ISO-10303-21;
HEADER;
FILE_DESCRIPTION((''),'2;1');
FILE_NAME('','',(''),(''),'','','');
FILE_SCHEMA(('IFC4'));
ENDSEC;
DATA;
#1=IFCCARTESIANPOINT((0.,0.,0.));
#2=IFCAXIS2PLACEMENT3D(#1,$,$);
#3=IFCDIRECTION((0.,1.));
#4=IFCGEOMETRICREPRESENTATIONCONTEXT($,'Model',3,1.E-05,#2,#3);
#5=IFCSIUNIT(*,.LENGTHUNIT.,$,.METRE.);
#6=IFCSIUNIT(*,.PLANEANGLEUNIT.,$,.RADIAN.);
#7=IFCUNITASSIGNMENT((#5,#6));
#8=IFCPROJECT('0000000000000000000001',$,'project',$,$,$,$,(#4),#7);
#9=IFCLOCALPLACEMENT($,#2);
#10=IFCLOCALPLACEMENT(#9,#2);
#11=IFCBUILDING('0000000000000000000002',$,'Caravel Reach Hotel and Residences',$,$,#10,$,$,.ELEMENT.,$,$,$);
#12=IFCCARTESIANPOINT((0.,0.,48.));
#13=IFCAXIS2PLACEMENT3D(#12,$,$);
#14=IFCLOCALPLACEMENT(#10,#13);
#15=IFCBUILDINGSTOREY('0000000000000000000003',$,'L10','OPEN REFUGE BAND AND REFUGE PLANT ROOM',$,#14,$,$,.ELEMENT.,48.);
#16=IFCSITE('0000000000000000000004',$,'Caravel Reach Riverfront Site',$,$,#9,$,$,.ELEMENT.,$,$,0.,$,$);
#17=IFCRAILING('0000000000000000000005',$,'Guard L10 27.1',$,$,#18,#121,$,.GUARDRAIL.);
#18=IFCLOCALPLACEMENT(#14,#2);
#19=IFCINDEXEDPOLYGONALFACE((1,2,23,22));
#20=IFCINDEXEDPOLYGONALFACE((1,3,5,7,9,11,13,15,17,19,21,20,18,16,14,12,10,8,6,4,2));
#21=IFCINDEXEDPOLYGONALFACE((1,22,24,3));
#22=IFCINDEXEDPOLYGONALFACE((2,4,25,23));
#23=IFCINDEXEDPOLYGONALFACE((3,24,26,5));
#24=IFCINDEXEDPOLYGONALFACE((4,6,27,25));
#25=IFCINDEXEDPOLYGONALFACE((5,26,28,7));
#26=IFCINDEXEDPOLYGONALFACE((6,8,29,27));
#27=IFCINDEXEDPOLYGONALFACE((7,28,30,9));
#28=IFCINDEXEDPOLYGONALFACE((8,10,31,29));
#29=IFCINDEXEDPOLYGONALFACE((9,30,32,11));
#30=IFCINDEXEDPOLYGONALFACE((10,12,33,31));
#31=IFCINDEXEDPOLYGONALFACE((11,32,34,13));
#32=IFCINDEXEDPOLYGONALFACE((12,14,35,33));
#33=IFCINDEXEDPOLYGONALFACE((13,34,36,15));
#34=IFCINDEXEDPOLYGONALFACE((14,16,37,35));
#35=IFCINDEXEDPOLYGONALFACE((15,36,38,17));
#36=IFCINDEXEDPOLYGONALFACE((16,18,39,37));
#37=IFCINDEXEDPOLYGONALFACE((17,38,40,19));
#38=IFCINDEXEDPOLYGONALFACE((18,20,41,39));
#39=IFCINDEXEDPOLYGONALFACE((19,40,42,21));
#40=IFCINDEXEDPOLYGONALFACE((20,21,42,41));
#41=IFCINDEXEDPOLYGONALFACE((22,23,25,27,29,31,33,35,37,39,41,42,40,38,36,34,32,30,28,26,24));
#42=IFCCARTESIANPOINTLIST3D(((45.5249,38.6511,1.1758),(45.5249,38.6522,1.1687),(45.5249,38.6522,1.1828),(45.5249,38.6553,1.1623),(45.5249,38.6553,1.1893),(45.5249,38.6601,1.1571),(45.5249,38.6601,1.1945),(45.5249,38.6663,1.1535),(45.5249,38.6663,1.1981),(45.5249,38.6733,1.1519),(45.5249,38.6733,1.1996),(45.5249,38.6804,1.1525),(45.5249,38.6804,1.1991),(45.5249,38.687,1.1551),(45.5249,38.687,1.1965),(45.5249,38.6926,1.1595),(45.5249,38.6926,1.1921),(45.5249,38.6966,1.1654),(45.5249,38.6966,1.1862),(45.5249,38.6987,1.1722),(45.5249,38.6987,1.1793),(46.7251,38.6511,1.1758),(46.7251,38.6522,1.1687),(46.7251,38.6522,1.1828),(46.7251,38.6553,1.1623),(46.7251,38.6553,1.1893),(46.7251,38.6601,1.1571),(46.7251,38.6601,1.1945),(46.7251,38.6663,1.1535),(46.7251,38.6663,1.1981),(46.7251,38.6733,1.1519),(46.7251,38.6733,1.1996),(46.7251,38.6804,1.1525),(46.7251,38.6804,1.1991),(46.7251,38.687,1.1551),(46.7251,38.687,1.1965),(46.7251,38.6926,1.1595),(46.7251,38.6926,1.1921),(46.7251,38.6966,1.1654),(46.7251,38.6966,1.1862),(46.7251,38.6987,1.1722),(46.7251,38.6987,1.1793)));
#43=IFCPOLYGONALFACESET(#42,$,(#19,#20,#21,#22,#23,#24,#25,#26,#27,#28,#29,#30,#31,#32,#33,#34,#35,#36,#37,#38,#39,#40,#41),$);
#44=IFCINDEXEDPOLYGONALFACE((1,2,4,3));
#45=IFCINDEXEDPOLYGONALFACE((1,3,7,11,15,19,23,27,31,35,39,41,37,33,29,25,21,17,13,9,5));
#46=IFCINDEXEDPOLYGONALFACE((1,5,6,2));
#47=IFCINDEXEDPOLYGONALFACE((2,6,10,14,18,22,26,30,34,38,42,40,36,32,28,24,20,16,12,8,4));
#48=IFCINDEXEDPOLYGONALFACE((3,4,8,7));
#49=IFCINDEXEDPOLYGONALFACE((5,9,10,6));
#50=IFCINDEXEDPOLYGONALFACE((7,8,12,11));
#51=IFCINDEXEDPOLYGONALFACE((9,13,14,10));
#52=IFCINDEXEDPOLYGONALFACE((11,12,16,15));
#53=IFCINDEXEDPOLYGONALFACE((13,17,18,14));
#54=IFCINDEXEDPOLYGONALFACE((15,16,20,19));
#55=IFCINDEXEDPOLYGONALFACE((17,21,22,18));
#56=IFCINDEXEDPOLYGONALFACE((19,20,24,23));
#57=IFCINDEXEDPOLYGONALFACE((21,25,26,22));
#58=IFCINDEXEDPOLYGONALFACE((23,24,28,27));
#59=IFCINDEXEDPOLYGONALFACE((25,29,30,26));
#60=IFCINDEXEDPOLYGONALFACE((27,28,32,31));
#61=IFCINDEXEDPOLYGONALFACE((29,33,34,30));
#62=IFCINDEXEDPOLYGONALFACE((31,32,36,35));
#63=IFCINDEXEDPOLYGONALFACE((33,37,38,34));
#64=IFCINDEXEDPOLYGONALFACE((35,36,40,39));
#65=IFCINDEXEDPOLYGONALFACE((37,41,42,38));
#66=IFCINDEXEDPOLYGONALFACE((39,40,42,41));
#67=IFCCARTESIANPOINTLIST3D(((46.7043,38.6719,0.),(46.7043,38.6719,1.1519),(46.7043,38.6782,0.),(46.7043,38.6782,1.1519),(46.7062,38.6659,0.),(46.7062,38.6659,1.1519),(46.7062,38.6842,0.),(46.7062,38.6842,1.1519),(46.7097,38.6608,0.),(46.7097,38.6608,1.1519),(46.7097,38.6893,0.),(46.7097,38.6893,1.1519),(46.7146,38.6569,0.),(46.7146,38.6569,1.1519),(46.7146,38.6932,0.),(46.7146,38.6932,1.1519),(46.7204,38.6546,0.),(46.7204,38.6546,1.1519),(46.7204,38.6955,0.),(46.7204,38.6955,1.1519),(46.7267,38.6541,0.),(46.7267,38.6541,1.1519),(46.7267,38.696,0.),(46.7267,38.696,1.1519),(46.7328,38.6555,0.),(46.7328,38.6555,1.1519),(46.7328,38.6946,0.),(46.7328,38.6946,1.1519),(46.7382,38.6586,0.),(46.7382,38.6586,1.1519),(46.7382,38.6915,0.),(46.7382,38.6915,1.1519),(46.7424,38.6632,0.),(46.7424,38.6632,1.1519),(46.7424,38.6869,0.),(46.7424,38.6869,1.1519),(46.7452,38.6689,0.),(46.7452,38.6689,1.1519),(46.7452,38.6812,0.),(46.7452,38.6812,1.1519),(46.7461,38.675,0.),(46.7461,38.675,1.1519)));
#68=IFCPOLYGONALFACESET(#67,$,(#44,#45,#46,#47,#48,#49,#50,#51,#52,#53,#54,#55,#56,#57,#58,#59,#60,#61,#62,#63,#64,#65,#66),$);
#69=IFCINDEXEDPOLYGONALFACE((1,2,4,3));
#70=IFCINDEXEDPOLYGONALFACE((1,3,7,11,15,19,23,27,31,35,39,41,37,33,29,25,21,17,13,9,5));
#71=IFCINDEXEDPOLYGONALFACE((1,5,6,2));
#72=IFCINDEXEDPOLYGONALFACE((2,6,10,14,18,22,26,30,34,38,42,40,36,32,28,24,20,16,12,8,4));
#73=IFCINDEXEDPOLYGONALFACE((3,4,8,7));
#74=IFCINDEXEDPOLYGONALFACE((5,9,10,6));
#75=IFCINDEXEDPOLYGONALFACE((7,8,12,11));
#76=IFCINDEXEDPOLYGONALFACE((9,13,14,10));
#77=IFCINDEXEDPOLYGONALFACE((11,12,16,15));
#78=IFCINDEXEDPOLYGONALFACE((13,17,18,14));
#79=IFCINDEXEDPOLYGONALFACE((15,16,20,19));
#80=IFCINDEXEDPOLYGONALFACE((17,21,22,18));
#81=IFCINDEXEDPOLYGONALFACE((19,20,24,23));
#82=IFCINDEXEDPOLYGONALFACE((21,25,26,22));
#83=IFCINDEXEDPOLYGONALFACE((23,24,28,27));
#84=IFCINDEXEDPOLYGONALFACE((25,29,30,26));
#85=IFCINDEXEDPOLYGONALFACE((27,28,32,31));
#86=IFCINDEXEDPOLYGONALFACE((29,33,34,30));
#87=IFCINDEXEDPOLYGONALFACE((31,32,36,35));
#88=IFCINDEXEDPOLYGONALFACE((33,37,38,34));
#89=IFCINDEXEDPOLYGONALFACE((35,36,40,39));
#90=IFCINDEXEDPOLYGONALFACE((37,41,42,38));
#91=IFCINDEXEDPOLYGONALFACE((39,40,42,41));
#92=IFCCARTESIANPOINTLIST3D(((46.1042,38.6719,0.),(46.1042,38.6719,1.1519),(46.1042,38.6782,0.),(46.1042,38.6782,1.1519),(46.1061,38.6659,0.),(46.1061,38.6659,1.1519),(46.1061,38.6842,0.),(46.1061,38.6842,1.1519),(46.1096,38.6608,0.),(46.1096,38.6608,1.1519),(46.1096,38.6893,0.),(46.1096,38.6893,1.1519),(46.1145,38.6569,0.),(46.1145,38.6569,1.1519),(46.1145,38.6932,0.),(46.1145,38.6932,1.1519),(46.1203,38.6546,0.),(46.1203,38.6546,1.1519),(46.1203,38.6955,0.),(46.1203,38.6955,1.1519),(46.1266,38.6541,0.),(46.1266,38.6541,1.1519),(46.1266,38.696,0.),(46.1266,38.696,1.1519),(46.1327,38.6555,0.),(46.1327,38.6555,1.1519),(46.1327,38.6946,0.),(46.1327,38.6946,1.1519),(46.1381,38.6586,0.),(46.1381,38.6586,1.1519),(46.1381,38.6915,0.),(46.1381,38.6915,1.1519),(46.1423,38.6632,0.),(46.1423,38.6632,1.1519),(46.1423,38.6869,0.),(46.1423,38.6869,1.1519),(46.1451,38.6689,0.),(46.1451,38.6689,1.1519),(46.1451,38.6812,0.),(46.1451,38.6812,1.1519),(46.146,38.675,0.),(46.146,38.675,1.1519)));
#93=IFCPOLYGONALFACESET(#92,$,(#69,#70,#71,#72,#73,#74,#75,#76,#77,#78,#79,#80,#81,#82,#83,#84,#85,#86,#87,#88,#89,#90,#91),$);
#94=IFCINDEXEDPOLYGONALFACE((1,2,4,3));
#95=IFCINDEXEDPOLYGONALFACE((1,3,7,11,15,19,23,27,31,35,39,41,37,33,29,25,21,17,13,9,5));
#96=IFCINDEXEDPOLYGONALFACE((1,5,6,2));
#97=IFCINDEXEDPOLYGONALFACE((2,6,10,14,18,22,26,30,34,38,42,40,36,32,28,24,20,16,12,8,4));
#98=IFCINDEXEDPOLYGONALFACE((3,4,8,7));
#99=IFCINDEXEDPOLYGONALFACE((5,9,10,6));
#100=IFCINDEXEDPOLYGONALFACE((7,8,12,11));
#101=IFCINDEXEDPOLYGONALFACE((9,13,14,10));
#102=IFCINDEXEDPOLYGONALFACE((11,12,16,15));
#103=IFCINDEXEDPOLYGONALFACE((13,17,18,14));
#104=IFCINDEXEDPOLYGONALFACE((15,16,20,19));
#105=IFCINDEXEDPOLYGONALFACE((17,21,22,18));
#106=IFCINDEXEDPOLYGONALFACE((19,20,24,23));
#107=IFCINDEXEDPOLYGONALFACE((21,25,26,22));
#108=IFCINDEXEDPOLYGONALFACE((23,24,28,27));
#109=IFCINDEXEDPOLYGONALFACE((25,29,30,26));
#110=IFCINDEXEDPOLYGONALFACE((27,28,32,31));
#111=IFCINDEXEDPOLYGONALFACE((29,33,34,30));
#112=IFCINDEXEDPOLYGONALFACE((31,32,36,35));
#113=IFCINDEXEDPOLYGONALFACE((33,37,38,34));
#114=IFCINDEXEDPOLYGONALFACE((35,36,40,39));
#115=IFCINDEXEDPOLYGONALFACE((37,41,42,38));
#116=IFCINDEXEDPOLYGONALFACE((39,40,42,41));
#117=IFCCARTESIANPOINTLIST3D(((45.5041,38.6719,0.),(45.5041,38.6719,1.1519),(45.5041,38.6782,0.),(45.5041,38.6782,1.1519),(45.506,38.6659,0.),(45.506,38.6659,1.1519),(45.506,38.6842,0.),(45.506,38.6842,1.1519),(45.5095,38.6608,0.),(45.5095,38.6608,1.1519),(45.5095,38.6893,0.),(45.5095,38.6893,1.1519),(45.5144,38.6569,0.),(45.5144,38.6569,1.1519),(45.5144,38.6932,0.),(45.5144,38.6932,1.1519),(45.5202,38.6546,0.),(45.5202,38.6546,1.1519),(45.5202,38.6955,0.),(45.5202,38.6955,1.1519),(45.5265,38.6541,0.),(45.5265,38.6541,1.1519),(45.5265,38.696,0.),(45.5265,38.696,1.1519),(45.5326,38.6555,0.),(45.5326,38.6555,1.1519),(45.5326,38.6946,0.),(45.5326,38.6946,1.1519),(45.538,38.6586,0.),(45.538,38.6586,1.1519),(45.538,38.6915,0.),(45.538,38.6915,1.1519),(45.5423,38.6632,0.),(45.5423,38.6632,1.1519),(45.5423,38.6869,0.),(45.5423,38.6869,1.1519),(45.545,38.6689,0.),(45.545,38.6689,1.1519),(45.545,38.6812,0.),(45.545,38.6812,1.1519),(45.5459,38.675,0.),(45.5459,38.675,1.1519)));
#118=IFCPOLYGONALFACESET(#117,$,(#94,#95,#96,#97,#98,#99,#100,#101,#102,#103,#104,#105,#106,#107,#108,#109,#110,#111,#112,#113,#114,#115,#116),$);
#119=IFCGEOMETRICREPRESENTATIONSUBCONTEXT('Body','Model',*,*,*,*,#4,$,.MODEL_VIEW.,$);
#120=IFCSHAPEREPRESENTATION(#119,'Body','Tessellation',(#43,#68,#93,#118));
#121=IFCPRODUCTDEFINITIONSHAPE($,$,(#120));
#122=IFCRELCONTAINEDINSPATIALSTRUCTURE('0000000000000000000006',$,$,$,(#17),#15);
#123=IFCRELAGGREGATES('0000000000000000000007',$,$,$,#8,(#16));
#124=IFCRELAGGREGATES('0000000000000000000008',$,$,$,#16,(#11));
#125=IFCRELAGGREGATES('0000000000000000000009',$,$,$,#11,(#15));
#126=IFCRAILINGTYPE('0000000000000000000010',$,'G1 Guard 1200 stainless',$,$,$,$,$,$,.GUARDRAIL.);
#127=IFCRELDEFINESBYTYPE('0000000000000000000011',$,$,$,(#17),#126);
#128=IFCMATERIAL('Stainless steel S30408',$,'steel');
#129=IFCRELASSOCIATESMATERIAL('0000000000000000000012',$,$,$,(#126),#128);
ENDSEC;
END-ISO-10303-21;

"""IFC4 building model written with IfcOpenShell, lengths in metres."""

from ifc_helpers import new_model, si_unit, direction, frame, origin, origin_2d, place, context, subcontext, project, spatial, circle, extrude, material, type_object, element, save


model = new_model("IFC4")

# Units and contexts
model_context = context("Model", 3, precision=1e-05, world=origin(), true_north=direction((0.0, 1.0)))
body_context = subcontext(model_context, "Body", "Model", "MODEL_VIEW")
ifc_project = project(units=[si_unit("LENGTHUNIT", "METRE"), si_unit("PLANEANGLEUNIT", "RADIAN")], contexts=[model_context])

# Site, building, storey
site_placement = place(None, origin())
site = spatial("IfcSite", under=ifc_project, at=site_placement, Name="Caravel Reach Riverfront Site", CompositionType="ELEMENT", RefElevation=0.0)
building_placement = place(site_placement, origin())
building = spatial("IfcBuilding", under=site, at=building_placement, Name="Caravel Reach Hotel and Residences", CompositionType="ELEMENT")
storey_placement = place(building_placement, frame((0.0, 0.0, 48.0)))
storey = spatial("IfcBuildingStorey", under=building, at=storey_placement, Name="L10", Description="OPEN REFUGE BAND AND REFUGE PLANT ROOM", CompositionType="ELEMENT", Elevation=48.0)

# Railing
ifc_material_1 = material(Name="Stainless steel S30408", Category="steel")
railing_type = type_object("IfcRailingType", Name="G1 Guard 1200 stainless", PredefinedType="GUARDRAIL", material=ifc_material_1)
railing_1_placement = place(storey_placement, frame((46.7251, 38.675, 0.0)))
element("IfcRailing", 1, at=railing_1_placement, inside=storey, type_object=railing_type, Name="Guard L10 27.1", PredefinedType="GUARDRAIL", context=body_context, shape_type="SweptSolid", body=[
    extrude(circle(Radius=0.0239, at=origin_2d()), frame((0.0, 0.0, 1.1758), z_axis=(-1.0, 0.0, 0.0), x_axis=(0.0, -1.0, 0.0)), (0.0, 0.0, 1.0), 1.2002),
    extrude(circle(Radius=0.021, at=origin_2d()), origin(), (0.0, 0.0, 1.0), 1.1519),
    extrude(circle(Radius=0.021, at=origin_2d()), frame((-0.6001, 0.0, 0.0)), (0.0, 0.0, 1.0), 1.1519),
    extrude(circle(Radius=0.021, at=origin_2d()), frame((-1.2002, 0.0, 0.0)), (0.0, 0.0, 1.0), 1.1519),
])

save(model, "model.ifc")
